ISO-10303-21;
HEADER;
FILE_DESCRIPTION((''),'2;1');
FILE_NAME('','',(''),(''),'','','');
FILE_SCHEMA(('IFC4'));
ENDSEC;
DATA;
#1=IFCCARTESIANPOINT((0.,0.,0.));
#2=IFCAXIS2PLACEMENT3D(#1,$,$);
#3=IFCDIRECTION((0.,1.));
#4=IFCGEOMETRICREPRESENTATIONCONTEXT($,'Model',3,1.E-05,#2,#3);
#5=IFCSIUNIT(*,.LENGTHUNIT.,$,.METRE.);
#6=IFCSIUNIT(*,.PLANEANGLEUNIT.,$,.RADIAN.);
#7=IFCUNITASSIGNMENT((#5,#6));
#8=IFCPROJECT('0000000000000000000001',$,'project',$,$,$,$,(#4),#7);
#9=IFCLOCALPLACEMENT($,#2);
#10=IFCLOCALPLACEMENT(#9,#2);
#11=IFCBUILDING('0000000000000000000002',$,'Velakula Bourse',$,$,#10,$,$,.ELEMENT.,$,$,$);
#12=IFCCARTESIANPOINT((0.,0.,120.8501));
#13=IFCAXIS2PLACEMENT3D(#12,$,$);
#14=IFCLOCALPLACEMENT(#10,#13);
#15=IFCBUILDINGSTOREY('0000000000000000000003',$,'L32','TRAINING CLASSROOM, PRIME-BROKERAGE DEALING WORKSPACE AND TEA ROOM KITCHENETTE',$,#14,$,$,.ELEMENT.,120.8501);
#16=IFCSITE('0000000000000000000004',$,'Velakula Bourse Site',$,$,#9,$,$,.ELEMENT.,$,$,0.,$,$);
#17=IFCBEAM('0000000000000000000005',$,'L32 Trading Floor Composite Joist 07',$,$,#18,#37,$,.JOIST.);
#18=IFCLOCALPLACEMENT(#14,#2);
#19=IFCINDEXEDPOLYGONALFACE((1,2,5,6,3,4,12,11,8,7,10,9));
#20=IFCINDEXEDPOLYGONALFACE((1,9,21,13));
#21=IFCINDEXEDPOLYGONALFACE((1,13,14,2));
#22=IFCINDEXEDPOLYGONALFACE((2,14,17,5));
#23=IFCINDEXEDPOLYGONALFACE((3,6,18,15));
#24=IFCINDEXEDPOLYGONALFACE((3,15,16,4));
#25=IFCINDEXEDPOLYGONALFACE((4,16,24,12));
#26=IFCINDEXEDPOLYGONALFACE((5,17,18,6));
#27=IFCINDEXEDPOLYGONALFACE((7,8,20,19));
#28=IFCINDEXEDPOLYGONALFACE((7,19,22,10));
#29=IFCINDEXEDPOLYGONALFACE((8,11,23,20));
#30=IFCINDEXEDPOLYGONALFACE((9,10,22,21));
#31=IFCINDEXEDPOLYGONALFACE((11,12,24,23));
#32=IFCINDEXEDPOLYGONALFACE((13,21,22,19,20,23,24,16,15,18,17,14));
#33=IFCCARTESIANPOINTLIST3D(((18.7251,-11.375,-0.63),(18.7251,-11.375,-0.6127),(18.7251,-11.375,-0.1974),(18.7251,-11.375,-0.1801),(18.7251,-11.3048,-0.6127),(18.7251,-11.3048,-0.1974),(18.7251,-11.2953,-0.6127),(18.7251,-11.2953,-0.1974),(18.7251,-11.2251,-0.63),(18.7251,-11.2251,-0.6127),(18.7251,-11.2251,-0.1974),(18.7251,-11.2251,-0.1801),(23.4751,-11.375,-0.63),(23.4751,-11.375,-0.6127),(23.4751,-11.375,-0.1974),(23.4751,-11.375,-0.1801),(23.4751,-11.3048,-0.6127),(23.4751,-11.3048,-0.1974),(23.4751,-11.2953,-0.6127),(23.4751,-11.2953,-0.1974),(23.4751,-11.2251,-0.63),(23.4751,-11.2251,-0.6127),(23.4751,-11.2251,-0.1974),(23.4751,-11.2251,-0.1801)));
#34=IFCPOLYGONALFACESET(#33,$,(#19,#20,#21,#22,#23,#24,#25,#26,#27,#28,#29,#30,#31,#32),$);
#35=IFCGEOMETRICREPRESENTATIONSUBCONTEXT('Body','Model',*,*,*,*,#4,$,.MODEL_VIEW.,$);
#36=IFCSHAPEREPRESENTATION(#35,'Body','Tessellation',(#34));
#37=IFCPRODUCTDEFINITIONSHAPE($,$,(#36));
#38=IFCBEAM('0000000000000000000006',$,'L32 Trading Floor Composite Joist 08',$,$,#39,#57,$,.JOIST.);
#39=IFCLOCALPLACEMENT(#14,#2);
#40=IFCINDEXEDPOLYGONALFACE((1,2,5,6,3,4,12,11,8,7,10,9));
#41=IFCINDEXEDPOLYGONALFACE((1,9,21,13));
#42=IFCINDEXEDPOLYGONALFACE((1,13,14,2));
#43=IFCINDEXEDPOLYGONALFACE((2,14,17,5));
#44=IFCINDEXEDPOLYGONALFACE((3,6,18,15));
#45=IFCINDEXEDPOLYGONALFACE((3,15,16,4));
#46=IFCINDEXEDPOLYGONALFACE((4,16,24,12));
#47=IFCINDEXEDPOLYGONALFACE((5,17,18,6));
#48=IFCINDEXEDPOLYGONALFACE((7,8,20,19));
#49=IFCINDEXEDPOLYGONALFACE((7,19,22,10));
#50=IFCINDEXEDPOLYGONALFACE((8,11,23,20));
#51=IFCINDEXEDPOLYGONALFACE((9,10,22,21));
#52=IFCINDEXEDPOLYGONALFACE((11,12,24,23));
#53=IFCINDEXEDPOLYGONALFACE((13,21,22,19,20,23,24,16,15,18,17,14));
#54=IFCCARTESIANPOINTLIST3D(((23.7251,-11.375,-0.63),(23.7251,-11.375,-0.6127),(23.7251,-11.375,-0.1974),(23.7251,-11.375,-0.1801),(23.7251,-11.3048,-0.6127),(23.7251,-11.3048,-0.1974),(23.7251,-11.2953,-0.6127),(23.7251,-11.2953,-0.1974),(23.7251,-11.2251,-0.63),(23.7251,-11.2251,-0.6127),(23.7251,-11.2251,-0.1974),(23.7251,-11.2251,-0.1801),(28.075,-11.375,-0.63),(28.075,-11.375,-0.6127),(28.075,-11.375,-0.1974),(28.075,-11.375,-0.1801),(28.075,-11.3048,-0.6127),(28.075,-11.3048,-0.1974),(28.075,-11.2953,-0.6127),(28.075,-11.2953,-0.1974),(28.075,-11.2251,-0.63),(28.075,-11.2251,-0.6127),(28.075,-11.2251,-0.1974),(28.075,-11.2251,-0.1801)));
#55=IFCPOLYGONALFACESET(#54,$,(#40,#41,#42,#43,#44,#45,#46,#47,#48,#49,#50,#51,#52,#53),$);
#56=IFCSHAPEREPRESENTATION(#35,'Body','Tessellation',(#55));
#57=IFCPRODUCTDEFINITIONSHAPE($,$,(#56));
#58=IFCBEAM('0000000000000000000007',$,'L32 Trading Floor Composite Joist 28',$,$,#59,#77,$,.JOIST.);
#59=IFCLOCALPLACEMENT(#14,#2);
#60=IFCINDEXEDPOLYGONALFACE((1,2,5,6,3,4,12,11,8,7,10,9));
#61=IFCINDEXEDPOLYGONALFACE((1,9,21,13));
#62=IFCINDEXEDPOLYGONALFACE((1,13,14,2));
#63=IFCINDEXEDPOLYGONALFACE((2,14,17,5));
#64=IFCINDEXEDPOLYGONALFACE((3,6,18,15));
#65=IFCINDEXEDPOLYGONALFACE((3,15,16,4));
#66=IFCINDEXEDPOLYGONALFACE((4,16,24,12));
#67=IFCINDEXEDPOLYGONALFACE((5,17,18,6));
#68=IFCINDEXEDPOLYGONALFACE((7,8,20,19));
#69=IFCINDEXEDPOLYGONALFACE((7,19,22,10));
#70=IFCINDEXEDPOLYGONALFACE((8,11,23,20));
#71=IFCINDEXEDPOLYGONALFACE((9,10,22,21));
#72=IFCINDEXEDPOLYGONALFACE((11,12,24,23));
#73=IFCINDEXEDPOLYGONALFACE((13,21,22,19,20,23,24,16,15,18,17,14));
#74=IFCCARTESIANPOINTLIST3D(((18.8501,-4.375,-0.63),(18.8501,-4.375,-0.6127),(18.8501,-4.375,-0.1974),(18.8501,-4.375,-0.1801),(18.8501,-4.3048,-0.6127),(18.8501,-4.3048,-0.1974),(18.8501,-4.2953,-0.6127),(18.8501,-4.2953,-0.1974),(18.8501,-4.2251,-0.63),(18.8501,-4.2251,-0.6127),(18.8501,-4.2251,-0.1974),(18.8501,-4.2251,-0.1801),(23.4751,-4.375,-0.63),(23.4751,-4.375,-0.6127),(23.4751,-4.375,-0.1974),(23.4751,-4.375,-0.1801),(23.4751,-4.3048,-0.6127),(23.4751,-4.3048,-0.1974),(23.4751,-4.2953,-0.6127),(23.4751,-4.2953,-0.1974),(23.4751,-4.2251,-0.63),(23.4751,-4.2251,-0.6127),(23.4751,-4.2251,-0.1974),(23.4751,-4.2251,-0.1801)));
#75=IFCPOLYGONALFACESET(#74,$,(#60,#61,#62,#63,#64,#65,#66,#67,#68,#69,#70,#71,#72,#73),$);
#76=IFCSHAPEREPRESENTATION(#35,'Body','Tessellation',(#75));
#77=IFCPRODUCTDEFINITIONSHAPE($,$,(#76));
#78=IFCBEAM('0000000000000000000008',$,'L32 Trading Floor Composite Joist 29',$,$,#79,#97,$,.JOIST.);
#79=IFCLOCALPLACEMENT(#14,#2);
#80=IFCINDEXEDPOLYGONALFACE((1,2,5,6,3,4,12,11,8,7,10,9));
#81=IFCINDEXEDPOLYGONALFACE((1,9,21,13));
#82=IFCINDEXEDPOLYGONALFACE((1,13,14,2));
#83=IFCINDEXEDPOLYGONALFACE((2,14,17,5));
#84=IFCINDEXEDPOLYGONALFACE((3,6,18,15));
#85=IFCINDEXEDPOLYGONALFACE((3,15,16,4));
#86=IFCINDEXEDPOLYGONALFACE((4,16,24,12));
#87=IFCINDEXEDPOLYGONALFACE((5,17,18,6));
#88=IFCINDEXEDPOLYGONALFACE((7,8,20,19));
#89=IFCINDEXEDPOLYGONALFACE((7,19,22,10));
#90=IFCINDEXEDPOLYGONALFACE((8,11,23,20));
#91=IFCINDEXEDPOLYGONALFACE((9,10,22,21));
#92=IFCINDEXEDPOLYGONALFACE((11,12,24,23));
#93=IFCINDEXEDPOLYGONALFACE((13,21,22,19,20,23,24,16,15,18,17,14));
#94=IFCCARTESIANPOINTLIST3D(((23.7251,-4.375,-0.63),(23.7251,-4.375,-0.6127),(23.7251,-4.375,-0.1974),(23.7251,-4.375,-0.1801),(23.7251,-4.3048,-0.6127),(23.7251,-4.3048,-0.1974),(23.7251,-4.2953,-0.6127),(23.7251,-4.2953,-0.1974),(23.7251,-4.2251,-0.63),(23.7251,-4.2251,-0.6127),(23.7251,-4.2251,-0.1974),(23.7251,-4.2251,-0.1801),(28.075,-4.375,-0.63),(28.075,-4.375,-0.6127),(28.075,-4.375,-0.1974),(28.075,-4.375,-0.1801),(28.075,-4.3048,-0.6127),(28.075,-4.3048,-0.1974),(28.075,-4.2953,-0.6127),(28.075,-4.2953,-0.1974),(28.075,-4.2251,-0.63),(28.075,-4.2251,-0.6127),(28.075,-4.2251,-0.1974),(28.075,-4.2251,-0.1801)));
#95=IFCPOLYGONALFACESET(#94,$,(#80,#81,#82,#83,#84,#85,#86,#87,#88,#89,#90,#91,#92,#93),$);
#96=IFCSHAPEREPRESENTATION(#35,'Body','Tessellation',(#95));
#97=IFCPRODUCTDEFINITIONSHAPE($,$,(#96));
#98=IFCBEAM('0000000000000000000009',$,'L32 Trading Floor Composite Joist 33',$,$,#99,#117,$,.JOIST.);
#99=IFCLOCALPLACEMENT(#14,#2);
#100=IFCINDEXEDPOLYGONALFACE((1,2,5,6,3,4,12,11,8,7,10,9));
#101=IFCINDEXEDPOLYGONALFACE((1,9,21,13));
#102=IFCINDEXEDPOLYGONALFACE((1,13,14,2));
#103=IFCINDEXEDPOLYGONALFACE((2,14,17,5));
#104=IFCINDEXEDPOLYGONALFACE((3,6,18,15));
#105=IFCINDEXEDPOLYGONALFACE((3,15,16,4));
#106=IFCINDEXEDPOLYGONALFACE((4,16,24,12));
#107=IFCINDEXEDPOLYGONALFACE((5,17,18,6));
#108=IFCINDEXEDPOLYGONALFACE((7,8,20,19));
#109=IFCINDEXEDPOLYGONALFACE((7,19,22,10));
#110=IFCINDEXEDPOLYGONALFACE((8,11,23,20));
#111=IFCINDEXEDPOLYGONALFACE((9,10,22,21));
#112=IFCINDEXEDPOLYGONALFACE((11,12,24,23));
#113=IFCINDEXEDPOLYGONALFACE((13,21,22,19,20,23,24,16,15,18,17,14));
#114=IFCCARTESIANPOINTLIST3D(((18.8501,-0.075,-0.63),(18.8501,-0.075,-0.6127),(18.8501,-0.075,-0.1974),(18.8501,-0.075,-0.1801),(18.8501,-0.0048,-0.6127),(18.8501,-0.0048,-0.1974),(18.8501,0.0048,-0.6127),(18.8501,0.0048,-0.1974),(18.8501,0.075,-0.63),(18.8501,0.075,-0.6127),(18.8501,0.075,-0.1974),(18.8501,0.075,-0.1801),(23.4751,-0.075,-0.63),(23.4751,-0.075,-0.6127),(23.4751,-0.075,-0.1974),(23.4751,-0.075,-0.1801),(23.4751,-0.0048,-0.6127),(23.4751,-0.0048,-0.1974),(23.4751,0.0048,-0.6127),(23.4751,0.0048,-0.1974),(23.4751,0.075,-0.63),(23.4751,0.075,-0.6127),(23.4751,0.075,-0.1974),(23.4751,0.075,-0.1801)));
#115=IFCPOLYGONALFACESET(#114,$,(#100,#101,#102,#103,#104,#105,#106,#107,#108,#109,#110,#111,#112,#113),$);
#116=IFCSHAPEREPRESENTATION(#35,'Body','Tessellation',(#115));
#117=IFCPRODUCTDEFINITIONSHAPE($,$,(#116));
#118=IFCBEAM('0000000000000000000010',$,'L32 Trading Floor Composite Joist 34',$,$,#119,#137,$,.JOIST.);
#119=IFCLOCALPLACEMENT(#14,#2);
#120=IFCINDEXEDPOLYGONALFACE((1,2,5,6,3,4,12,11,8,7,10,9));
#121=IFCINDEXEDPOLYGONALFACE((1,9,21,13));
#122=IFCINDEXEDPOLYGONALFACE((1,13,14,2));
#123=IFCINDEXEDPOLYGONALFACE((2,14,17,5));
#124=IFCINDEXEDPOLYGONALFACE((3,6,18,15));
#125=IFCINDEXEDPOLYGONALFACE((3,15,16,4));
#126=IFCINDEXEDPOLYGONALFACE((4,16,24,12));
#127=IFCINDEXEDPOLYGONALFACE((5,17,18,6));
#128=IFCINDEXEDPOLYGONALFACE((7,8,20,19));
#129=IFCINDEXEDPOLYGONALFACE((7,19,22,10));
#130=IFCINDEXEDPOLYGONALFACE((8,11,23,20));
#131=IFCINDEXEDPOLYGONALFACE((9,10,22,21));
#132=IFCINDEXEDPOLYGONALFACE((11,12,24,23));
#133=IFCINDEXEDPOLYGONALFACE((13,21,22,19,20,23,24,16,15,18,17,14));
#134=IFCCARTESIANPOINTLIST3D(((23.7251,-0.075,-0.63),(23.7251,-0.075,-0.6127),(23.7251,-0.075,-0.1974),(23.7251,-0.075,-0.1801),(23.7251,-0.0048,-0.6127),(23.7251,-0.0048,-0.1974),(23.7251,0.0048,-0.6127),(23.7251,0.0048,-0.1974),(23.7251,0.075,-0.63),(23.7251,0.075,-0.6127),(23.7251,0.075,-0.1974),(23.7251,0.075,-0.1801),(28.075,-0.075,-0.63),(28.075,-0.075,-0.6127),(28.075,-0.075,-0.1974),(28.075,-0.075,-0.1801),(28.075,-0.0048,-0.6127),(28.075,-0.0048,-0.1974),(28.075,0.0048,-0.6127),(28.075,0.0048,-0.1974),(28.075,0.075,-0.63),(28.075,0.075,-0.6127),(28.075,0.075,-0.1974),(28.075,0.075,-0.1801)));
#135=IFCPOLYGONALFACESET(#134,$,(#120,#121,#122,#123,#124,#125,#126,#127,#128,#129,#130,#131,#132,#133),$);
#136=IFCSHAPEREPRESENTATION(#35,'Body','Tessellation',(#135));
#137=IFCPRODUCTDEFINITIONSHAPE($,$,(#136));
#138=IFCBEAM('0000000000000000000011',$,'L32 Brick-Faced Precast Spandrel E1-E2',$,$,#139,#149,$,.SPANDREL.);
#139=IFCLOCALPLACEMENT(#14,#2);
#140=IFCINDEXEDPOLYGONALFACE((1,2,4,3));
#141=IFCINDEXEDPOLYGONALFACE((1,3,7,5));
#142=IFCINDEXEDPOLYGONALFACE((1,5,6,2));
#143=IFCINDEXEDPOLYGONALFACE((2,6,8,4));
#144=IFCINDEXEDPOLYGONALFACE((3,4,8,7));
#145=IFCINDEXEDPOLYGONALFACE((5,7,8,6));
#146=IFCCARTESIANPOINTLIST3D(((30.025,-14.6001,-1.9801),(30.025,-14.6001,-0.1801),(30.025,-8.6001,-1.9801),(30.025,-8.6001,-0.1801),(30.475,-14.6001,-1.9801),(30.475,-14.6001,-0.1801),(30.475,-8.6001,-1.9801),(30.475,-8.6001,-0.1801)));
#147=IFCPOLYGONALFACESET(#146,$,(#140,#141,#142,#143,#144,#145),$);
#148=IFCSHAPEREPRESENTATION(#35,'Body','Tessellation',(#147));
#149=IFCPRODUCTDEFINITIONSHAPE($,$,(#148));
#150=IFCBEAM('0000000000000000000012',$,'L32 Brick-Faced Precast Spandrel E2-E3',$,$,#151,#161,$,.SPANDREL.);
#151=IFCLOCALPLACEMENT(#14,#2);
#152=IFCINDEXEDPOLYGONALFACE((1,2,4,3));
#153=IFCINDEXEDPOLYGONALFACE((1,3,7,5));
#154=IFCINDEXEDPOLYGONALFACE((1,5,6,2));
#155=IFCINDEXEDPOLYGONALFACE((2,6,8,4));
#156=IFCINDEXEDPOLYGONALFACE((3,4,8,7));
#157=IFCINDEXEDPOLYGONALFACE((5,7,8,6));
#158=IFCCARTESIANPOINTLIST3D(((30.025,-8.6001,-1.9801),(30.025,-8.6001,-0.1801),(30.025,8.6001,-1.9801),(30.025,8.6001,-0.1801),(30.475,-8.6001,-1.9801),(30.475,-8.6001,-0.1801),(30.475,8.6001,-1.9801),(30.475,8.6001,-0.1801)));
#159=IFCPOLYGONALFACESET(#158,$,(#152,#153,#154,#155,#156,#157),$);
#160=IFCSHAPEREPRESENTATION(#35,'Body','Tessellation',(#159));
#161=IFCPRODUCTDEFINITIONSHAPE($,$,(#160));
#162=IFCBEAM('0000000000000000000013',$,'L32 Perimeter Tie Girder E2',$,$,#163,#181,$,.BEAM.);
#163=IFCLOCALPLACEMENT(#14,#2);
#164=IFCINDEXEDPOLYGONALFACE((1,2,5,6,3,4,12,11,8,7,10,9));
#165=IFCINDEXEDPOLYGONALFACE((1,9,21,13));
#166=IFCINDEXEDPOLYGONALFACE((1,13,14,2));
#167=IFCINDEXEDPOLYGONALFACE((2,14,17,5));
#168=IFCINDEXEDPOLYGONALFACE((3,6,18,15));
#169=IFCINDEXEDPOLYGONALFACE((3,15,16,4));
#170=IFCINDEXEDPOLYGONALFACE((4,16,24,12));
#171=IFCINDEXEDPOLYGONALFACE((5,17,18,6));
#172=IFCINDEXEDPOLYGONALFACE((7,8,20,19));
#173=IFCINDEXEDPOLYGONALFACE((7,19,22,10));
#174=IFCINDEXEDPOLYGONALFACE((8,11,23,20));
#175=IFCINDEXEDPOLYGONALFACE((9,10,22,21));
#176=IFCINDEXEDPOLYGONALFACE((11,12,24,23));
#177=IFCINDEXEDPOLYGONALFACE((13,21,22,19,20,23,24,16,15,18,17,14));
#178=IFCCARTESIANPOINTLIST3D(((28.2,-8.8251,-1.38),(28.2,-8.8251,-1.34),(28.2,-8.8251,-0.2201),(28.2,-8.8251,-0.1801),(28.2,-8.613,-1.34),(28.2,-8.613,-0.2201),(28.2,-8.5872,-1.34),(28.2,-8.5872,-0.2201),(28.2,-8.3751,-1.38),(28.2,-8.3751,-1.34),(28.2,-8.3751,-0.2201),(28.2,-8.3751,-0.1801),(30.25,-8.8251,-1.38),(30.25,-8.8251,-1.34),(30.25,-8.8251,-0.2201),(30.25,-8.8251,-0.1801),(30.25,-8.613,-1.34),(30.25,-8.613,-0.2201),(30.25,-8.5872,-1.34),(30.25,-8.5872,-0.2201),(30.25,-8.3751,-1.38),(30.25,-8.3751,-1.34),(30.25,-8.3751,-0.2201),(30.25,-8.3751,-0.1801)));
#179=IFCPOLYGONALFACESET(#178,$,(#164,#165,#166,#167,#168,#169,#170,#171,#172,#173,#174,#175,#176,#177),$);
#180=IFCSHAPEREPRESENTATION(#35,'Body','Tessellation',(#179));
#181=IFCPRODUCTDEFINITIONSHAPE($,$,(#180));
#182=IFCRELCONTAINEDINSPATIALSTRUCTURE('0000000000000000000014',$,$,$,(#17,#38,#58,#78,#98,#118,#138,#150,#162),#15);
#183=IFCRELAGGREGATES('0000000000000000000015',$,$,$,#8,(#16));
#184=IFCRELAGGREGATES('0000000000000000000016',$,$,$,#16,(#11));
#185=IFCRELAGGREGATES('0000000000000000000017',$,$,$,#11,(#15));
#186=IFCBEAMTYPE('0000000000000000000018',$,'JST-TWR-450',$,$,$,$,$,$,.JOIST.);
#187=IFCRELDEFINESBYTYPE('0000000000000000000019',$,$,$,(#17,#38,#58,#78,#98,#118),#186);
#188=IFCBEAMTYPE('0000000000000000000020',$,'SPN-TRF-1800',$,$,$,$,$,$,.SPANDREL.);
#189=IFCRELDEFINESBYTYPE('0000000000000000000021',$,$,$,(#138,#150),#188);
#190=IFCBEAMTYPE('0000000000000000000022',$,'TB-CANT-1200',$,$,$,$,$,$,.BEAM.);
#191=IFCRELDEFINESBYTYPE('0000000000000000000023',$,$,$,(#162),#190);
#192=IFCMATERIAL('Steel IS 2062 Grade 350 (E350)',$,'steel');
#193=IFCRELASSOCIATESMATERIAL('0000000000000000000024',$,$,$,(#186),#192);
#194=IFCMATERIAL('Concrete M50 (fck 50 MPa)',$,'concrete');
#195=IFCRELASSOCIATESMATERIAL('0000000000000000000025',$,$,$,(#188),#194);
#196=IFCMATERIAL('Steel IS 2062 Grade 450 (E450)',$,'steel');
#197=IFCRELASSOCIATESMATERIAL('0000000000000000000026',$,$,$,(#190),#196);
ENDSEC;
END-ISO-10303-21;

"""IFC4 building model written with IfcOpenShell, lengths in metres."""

from ifc_helpers import new_model, si_unit, direction, frame, origin, origin_2d, place, context, subcontext, project, spatial, rectangle, i_section, extrude, material, material_profile, profile_set, type_object, element, save


model = new_model("IFC4")

# Units and contexts
model_context = context("Model", 3, precision=1e-05, world=origin(), true_north=direction((0.0, 1.0)))
body_context = subcontext(model_context, "Body", "Model", "MODEL_VIEW")
ifc_project = project(units=[si_unit("LENGTHUNIT", "METRE"), si_unit("PLANEANGLEUNIT", "RADIAN")], contexts=[model_context])

# Site, building, storey
site_placement = place(None, origin())
site = spatial("IfcSite", under=ifc_project, at=site_placement, Name="Velakula Bourse Site", CompositionType="ELEMENT", RefElevation=0.0)
building_placement = place(site_placement, origin())
building = spatial("IfcBuilding", under=site, at=building_placement, Name="Velakula Bourse", CompositionType="ELEMENT")
storey_placement = place(building_placement, frame((0.0, 0.0, 120.8501)))
storey = spatial("IfcBuildingStorey", under=building, at=storey_placement, Name="L32", Description="TRAINING CLASSROOM, PRIME-BROKERAGE DEALING WORKSPACE AND TEA ROOM KITCHENETTE", CompositionType="ELEMENT", Elevation=120.8501)

# Shared definitions
ifc_material_1 = material(Name="Steel IS 2062 Grade 350 (E350)", Category="steel")

# Beams
ifc_material_profile_1 = material_profile(ifc_material_1, i_section(OverallWidth=0.1499, OverallDepth=0.45, WebThickness=0.0095, FlangeThickness=0.0173, at=origin_2d()), Name="Steel IS 2062 Grade 350 (E350)")
ifc_profile_set_1 = profile_set([ifc_material_profile_1], Name="Steel IS 2062 Grade 350 (E350)")
beam_type_1 = type_object("IfcBeamType", Name="JST-TWR-450", PredefinedType="JOIST", material=ifc_profile_set_1)
beam_1_placement = place(storey_placement, frame((18.7251, -11.3, -0.405), z_axis=(1.0, 0.0, 0.0), x_axis=(0.0, 1.0, 0.0)))
element("IfcBeam", 1, at=beam_1_placement, inside=storey, type_object=beam_type_1, Name="L32 Trading Floor Composite Joist 07", PredefinedType="JOIST", context=body_context, shape_type="SweptSolid", body=[
    extrude(i_section(OverallWidth=0.1499, OverallDepth=0.45, WebThickness=0.0095, FlangeThickness=0.0173, at=origin_2d()), origin(), (0.0, 0.0, 1.0), 4.75),
])
beam_2_placement = place(storey_placement, frame((23.7251, -11.3, -0.405), z_axis=(1.0, 0.0, 0.0), x_axis=(0.0, 1.0, 0.0)))
element("IfcBeam", 2, at=beam_2_placement, inside=storey, type_object=beam_type_1, Name="L32 Trading Floor Composite Joist 08", PredefinedType="JOIST", context=body_context, shape_type="SweptSolid", body=[
    extrude(i_section(OverallWidth=0.1499, OverallDepth=0.45, WebThickness=0.0095, FlangeThickness=0.0173, at=origin_2d()), origin(), (0.0, 0.0, 1.0), 4.3499),
])
beam_3_placement = place(storey_placement, frame((18.8501, -4.3, -0.405), z_axis=(1.0, 0.0, 0.0), x_axis=(0.0, 1.0, 0.0)))
element("IfcBeam", 3, at=beam_3_placement, inside=storey, type_object=beam_type_1, Name="L32 Trading Floor Composite Joist 28", PredefinedType="JOIST", context=body_context, shape_type="SweptSolid", body=[
    extrude(i_section(OverallWidth=0.1499, OverallDepth=0.45, WebThickness=0.0095, FlangeThickness=0.0173, at=origin_2d()), origin(), (0.0, 0.0, 1.0), 4.625),
])
beam_4_placement = place(storey_placement, frame((23.7251, -4.3, -0.405), z_axis=(1.0, 0.0, 0.0), x_axis=(0.0, 1.0, 0.0)))
element("IfcBeam", 4, at=beam_4_placement, inside=storey, type_object=beam_type_1, Name="L32 Trading Floor Composite Joist 29", PredefinedType="JOIST", context=body_context, shape_type="SweptSolid", body=[
    extrude(i_section(OverallWidth=0.1499, OverallDepth=0.45, WebThickness=0.0095, FlangeThickness=0.0173, at=origin_2d()), origin(), (0.0, 0.0, 1.0), 4.3499),
])
beam_5_placement = place(storey_placement, frame((18.8501, 0.0, -0.405), z_axis=(1.0, 0.0, 0.0), x_axis=(0.0, 1.0, 0.0)))
element("IfcBeam", 5, at=beam_5_placement, inside=storey, type_object=beam_type_1, Name="L32 Trading Floor Composite Joist 33", PredefinedType="JOIST", context=body_context, shape_type="SweptSolid", body=[
    extrude(i_section(OverallWidth=0.1499, OverallDepth=0.45, WebThickness=0.0095, FlangeThickness=0.0173, at=origin_2d()), origin(), (0.0, 0.0, 1.0), 4.625),
])
beam_6_placement = place(storey_placement, frame((23.7251, 0.0, -0.405), z_axis=(1.0, 0.0, 0.0), x_axis=(0.0, 1.0, 0.0)))
element("IfcBeam", 6, at=beam_6_placement, inside=storey, type_object=beam_type_1, Name="L32 Trading Floor Composite Joist 34", PredefinedType="JOIST", context=body_context, shape_type="SweptSolid", body=[
    extrude(i_section(OverallWidth=0.1499, OverallDepth=0.45, WebThickness=0.0095, FlangeThickness=0.0173, at=origin_2d()), origin(), (0.0, 0.0, 1.0), 4.3499),
])
ifc_material_2 = material(Name="Concrete M50 (fck 50 MPa)", Category="concrete")
ifc_material_profile_2 = material_profile(ifc_material_2, rectangle(XDim=0.45, YDim=1.8, at=origin_2d()), Name="Concrete M50 (fck 50 MPa)")
ifc_profile_set_2 = profile_set([ifc_material_profile_2], Name="Concrete M50 (fck 50 MPa)")
beam_type_2 = type_object("IfcBeamType", Name="SPN-TRF-1800", PredefinedType="SPANDREL", material=ifc_profile_set_2)
beam_7_placement = place(storey_placement, frame((30.25, -14.6001, -1.0801), z_axis=(0.0, 1.0, 0.0), x_axis=(-1.0, 0.0, 0.0)))
element("IfcBeam", 7, at=beam_7_placement, inside=storey, type_object=beam_type_2, Name="L32 Brick-Faced Precast Spandrel E1-E2", PredefinedType="SPANDREL", context=body_context, shape_type="SweptSolid", body=[
    extrude(rectangle(XDim=0.45, YDim=1.8, at=origin_2d()), origin(), (0.0, 0.0, 1.0), 6.0),
])
beam_8_placement = place(storey_placement, frame((30.25, -8.6001, -1.0801), z_axis=(0.0, 1.0, 0.0), x_axis=(-1.0, 0.0, 0.0)))
element("IfcBeam", 8, at=beam_8_placement, inside=storey, type_object=beam_type_2, Name="L32 Brick-Faced Precast Spandrel E2-E3", PredefinedType="SPANDREL", context=body_context, shape_type="SweptSolid", body=[
    extrude(rectangle(XDim=0.45, YDim=1.8, at=origin_2d()), origin(), (0.0, 0.0, 1.0), 17.2002),
])
ifc_material_3 = material(Name="Steel IS 2062 Grade 450 (E450)", Category="steel")
ifc_material_profile_3 = material_profile(ifc_material_3, i_section(OverallWidth=0.45, OverallDepth=1.2, WebThickness=0.0259, FlangeThickness=0.04, at=origin_2d()), Name="Steel IS 2062 Grade 450 (E450)")
ifc_profile_set_3 = profile_set([ifc_material_profile_3], Name="Steel IS 2062 Grade 450 (E450)")
beam_type_3 = type_object("IfcBeamType", Name="TB-CANT-1200", PredefinedType="BEAM", material=ifc_profile_set_3)
beam_9_placement = place(storey_placement, frame((28.2, -8.6001, -0.78), z_axis=(1.0, 0.0, 0.0), x_axis=(0.0, 1.0, 0.0)))
element("IfcBeam", 9, at=beam_9_placement, inside=storey, type_object=beam_type_3, Name="L32 Perimeter Tie Girder E2", PredefinedType="BEAM", context=body_context, shape_type="SweptSolid", body=[
    extrude(i_section(OverallWidth=0.45, OverallDepth=1.2, WebThickness=0.0259, FlangeThickness=0.04, at=origin_2d()), origin(), (0.0, 0.0, 1.0), 2.05),
])

save(model, "model.ifc")
